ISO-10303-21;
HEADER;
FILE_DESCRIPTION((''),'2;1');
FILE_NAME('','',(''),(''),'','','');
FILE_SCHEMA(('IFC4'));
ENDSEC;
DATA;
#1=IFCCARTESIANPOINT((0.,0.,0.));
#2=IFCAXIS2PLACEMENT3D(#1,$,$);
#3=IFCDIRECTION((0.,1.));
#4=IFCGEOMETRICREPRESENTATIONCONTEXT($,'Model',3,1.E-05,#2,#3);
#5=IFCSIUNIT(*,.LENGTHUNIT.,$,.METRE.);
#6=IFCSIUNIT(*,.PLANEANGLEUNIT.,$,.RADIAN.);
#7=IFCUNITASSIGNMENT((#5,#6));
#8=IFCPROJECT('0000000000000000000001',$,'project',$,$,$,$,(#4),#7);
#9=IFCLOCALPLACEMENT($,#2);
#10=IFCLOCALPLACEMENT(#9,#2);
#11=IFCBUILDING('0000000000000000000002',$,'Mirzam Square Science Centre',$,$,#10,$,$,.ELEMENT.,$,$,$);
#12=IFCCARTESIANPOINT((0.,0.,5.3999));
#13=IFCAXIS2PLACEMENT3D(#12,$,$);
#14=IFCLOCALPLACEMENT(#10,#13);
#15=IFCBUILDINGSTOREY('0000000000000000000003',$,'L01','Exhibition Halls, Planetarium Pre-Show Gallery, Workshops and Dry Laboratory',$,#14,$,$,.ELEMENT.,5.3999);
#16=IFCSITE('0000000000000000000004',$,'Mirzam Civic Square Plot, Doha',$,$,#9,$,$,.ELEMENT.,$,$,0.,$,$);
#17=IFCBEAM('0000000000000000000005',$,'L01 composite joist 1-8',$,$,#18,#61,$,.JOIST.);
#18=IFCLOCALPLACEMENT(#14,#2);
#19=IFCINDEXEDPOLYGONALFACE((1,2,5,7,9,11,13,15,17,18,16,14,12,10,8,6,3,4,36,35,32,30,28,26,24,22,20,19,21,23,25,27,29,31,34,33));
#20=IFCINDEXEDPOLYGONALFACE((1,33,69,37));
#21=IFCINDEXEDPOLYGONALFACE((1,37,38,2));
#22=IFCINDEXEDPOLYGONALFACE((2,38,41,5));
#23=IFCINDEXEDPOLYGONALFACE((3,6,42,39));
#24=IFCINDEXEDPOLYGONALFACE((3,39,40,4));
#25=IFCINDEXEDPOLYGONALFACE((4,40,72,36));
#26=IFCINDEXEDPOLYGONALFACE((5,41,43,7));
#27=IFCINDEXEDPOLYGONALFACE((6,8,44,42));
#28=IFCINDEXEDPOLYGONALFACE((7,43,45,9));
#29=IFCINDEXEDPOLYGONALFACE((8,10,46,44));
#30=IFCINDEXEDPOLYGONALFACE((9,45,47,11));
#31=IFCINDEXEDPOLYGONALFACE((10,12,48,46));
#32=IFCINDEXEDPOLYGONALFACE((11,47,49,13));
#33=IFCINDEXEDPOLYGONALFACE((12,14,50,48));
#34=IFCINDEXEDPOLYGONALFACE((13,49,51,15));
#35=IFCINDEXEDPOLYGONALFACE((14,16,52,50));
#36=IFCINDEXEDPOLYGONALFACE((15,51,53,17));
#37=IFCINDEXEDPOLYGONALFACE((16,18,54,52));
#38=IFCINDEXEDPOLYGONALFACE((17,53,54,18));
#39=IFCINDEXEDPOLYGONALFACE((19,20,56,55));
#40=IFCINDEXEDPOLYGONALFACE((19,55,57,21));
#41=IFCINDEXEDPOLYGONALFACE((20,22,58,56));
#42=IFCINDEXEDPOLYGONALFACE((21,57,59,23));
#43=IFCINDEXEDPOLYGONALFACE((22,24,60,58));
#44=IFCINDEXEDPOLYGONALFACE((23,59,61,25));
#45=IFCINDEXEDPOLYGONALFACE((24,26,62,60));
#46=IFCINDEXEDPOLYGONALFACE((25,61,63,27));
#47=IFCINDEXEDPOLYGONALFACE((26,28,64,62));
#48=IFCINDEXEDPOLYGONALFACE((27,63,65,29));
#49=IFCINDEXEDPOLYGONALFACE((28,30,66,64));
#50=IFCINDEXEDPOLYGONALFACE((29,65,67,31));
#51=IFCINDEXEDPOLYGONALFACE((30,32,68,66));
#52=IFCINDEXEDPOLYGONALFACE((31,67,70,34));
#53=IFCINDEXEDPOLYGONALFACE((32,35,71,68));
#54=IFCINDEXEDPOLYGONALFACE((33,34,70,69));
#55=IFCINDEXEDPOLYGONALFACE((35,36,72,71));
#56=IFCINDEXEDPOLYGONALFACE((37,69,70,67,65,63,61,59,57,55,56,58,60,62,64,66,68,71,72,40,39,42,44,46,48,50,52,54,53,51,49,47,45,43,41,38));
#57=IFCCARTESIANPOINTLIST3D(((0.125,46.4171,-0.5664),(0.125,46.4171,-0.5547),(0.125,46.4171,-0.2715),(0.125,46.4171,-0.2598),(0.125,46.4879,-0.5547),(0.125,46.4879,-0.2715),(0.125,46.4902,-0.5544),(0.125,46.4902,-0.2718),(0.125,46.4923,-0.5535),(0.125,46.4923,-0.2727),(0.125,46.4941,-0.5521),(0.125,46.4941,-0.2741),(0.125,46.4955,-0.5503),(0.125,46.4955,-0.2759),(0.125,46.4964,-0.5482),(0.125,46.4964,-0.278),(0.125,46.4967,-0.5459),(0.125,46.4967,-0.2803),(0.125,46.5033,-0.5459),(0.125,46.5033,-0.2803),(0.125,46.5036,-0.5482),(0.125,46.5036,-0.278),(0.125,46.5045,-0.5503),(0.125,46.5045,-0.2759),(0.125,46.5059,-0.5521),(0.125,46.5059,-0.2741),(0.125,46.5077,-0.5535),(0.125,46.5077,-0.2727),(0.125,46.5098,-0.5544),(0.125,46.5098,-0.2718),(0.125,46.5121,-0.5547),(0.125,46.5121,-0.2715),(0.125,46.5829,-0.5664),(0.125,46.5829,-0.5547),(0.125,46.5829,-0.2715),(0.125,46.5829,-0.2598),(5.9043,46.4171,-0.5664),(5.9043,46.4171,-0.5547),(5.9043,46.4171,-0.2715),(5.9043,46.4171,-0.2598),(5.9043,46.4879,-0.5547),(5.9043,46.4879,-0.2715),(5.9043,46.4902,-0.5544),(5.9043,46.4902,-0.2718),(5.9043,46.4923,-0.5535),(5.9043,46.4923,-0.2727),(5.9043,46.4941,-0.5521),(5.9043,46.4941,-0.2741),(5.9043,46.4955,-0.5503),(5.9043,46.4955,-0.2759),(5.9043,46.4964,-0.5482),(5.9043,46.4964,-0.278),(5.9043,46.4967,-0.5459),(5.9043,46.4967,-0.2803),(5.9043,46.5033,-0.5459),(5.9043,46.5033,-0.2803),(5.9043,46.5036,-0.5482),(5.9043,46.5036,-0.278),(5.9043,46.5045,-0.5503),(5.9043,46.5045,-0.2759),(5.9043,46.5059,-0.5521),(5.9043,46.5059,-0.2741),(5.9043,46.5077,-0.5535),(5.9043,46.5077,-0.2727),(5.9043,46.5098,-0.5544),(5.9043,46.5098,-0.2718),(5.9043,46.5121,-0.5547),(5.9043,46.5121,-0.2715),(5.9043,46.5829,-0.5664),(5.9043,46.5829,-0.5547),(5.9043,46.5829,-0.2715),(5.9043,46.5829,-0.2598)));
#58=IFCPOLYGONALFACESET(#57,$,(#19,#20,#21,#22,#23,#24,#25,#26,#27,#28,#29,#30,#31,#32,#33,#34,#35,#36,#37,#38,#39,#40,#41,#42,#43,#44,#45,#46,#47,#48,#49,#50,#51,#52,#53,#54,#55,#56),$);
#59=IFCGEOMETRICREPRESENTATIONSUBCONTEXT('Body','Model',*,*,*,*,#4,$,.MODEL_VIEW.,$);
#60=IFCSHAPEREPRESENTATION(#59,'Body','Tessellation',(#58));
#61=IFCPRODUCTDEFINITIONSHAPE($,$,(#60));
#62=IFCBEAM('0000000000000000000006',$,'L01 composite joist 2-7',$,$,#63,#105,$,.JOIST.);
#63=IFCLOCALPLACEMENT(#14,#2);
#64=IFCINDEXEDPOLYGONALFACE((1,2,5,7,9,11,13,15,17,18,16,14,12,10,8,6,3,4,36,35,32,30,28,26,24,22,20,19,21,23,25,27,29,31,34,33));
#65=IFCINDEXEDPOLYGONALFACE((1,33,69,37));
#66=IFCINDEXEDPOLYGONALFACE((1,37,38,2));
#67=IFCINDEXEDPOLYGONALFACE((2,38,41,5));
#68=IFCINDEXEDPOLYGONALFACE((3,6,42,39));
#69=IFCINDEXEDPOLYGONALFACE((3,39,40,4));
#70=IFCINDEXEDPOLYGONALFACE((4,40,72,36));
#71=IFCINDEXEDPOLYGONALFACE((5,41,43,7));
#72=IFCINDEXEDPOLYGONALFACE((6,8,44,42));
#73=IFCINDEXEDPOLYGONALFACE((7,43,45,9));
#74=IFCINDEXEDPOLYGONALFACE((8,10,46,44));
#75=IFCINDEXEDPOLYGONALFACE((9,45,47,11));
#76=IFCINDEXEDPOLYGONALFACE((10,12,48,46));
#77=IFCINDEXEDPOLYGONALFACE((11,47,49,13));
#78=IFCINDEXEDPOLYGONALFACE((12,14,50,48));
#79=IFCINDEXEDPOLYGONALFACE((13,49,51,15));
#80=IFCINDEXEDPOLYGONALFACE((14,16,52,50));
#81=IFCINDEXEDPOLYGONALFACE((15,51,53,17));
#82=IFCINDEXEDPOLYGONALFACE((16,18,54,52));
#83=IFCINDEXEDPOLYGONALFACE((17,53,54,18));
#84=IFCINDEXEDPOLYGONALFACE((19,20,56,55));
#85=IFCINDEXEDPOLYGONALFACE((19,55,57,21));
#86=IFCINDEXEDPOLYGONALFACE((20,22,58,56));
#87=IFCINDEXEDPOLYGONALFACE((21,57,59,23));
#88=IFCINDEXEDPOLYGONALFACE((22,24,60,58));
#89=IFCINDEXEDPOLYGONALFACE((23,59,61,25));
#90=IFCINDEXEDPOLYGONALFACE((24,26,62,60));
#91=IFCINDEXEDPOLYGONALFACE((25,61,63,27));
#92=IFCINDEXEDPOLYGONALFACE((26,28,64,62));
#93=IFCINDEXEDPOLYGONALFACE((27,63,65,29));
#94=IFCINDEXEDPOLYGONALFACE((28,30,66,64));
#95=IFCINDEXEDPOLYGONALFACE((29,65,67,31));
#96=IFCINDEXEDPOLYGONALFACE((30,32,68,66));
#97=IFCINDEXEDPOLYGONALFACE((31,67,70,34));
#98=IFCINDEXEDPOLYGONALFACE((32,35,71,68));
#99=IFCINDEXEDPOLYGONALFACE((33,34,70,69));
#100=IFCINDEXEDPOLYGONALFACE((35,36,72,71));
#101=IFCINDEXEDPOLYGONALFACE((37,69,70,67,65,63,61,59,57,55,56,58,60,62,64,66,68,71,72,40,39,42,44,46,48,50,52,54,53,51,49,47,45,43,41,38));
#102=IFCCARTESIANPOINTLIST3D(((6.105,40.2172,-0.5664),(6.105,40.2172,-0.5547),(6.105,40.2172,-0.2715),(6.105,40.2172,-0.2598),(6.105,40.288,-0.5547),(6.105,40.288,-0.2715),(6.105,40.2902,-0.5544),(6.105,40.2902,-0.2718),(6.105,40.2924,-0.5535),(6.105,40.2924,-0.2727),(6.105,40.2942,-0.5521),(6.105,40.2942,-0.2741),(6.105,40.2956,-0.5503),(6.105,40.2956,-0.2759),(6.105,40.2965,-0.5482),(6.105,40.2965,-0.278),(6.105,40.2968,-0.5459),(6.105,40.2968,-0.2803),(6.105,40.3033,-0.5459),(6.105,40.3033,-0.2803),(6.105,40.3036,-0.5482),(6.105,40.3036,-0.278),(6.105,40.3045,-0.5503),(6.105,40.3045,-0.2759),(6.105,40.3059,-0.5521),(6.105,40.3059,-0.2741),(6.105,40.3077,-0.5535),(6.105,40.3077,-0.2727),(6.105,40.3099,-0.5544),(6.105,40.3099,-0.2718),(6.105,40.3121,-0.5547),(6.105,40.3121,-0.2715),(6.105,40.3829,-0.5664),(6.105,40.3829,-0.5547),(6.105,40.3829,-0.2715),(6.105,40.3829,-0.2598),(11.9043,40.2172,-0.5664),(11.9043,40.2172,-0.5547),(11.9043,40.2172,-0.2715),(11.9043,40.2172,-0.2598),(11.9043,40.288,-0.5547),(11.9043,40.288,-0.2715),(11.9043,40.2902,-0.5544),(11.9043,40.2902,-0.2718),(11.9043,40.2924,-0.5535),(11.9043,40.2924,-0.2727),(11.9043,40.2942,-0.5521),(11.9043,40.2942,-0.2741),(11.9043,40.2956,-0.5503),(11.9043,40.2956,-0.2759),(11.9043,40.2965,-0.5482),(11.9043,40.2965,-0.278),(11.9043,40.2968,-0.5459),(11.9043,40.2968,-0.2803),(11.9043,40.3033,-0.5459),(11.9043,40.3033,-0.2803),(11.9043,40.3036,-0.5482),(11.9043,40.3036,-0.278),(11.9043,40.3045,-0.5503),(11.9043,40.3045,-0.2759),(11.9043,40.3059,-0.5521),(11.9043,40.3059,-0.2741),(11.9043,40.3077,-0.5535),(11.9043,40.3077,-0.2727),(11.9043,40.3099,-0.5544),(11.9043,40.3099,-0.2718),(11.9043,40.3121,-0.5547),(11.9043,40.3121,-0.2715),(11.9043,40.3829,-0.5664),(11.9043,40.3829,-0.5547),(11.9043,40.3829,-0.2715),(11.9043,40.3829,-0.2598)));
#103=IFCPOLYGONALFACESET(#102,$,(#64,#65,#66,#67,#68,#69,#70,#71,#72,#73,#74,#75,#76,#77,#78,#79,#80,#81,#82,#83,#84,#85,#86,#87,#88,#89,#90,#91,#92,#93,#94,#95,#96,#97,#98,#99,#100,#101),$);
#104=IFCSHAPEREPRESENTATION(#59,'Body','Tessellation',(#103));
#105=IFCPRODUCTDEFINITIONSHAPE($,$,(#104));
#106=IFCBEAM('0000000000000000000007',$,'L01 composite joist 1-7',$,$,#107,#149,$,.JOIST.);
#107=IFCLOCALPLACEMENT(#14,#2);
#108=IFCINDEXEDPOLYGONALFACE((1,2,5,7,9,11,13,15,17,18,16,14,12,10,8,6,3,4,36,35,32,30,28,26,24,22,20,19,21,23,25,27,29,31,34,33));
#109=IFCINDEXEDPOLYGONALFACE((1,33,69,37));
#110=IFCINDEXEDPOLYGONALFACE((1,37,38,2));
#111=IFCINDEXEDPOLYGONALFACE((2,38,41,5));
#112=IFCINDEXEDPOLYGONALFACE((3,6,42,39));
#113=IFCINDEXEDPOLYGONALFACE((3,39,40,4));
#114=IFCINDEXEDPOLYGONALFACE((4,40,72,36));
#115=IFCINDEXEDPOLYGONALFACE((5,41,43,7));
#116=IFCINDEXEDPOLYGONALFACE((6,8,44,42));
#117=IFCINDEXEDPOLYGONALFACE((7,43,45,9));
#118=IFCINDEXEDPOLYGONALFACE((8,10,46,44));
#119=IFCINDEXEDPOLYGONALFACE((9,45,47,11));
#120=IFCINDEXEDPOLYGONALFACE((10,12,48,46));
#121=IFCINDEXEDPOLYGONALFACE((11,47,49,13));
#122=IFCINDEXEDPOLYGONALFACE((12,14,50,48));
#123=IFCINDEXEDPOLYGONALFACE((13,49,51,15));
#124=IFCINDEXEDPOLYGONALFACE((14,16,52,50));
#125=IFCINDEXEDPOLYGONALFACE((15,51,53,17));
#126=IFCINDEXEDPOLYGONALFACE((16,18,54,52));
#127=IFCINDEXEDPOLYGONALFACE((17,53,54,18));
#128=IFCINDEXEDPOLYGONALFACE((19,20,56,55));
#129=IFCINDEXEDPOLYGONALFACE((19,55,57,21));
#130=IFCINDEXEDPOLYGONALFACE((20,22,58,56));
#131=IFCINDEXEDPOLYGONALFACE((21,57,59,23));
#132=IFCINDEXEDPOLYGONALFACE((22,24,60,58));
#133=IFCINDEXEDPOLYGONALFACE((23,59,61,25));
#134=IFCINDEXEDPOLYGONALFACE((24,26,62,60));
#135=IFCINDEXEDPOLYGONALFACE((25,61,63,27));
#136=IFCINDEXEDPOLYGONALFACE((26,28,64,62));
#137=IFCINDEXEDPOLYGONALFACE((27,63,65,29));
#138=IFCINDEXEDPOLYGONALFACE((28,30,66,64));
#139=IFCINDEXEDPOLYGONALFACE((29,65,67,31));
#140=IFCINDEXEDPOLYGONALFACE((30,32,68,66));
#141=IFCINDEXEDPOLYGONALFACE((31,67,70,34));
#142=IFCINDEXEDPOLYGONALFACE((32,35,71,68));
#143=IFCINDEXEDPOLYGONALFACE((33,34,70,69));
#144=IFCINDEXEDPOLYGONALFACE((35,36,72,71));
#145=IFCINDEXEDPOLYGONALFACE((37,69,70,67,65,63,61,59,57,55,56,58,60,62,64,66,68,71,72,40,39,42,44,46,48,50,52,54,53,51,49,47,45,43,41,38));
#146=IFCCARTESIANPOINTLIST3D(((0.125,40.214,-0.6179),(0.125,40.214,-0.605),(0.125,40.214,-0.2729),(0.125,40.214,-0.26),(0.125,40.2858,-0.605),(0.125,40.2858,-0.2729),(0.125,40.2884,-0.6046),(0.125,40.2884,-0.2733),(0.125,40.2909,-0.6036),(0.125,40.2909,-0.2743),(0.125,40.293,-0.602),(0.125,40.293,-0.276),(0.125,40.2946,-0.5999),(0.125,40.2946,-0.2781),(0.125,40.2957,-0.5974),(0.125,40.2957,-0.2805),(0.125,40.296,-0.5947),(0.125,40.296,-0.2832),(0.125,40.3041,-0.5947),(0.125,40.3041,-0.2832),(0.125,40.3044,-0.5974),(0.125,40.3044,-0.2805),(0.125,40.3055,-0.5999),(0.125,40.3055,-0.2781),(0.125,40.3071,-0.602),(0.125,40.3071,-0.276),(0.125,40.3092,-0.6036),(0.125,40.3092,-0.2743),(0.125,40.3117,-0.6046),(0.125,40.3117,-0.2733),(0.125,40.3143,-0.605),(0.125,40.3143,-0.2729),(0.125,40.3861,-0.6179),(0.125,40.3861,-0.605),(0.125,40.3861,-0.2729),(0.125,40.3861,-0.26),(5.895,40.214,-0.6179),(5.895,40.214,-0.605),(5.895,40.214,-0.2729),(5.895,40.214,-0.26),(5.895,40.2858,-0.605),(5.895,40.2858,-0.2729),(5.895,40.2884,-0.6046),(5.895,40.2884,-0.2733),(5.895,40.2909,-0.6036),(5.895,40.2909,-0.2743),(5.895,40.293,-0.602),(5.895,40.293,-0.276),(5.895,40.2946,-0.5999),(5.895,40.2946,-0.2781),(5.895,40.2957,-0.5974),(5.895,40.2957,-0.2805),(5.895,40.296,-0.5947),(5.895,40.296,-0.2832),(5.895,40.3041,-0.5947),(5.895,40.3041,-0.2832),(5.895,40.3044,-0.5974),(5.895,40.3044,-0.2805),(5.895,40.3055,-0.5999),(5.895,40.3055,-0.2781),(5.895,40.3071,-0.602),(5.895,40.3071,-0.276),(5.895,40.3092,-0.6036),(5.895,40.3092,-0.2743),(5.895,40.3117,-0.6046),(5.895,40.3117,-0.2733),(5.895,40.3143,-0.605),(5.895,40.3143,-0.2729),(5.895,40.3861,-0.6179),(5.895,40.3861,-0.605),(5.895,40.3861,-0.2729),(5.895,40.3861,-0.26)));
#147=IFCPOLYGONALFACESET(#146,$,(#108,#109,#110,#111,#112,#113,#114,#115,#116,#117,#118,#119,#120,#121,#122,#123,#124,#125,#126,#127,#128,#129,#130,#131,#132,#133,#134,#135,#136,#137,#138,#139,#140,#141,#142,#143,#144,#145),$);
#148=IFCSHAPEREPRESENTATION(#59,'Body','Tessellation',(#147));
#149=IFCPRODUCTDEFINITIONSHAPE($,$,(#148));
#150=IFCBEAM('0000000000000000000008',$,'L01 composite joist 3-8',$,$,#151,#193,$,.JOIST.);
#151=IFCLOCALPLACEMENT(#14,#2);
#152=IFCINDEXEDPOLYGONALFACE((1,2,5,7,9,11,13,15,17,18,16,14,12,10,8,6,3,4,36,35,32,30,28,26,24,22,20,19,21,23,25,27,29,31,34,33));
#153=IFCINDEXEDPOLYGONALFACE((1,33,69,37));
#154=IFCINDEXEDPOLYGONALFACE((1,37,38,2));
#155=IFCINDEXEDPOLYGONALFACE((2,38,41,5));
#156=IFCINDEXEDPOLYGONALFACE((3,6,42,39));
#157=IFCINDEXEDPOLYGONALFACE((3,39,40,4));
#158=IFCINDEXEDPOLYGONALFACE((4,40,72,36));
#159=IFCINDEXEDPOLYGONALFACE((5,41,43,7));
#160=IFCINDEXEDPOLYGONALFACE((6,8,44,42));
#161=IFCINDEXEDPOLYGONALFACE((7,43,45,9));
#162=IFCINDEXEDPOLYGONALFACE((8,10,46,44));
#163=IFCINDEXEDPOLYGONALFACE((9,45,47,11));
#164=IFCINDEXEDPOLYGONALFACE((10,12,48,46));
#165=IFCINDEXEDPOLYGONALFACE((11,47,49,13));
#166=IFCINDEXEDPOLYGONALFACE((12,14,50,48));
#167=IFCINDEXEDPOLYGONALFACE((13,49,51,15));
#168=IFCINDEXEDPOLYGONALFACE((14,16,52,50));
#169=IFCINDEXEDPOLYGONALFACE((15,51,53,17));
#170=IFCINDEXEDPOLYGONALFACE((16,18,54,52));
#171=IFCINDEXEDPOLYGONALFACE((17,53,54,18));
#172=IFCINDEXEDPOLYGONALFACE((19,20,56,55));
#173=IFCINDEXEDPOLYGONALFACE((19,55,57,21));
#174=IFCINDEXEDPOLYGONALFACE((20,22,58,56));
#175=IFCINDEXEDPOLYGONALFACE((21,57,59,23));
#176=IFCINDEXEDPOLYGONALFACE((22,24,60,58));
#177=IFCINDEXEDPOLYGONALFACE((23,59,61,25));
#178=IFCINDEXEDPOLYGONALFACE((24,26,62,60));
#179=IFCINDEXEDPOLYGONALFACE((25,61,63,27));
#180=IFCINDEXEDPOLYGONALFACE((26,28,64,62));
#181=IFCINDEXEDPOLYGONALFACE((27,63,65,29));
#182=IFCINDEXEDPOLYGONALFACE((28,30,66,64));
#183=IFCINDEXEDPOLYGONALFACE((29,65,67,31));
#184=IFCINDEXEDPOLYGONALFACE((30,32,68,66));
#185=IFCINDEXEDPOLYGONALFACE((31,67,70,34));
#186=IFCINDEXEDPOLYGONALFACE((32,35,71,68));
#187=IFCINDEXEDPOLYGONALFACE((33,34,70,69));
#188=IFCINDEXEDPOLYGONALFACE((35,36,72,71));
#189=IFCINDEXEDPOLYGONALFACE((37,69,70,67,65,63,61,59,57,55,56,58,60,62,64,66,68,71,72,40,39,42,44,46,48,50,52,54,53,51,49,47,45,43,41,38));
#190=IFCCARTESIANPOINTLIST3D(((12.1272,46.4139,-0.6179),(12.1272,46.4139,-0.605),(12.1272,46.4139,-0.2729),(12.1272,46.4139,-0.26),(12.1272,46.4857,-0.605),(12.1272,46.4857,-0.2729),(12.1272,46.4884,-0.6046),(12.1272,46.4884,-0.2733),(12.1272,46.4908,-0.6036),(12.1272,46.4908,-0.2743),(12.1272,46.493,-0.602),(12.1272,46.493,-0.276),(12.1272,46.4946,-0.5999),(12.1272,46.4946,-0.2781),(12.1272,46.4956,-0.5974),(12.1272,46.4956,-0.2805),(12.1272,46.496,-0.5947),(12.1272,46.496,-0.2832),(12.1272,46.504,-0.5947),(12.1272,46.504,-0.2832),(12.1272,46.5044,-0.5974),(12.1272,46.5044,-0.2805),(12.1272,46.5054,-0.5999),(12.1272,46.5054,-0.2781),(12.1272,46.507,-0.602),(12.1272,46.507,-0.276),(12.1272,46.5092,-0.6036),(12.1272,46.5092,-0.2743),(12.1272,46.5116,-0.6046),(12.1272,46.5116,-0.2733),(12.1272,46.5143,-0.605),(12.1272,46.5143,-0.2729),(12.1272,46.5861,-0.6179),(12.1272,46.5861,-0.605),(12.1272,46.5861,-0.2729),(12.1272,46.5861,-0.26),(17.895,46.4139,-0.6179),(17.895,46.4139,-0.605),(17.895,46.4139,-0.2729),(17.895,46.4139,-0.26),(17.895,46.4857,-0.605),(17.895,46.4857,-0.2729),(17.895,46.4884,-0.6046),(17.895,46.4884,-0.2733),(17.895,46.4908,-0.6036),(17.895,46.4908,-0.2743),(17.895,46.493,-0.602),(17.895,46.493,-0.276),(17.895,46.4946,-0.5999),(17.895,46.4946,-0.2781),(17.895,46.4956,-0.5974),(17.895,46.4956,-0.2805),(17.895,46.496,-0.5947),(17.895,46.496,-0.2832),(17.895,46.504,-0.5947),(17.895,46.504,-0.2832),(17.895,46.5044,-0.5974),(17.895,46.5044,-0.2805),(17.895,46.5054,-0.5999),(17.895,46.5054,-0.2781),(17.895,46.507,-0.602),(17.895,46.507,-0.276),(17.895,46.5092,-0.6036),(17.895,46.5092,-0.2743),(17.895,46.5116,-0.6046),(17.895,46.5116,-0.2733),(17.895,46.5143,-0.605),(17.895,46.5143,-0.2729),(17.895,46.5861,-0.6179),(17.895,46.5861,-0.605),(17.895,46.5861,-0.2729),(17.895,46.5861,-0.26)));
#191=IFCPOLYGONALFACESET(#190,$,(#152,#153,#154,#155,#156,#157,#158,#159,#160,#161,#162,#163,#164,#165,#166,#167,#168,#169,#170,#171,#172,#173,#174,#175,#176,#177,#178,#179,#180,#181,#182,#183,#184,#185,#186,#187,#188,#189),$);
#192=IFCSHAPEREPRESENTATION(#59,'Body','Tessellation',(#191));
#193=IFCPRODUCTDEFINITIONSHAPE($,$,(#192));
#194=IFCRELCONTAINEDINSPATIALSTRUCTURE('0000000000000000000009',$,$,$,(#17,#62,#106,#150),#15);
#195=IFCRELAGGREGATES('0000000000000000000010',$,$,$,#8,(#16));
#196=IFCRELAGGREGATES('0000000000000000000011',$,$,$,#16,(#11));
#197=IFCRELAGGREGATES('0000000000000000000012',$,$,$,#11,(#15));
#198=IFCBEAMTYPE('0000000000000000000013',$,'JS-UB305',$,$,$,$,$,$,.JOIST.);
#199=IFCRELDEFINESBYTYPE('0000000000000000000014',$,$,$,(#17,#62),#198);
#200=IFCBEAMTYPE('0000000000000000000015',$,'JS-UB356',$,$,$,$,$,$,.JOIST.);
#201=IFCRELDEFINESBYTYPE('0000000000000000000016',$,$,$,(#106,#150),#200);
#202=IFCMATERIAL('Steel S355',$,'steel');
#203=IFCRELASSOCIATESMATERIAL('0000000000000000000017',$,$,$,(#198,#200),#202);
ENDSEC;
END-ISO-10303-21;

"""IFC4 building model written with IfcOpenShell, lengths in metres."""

from ifc_helpers import new_model, si_unit, direction, frame, origin, origin_2d, place, context, subcontext, project, spatial, i_section, extrude, material, material_profile, profile_set, type_object, element, save


model = new_model("IFC4")

# Units and contexts
model_context = context("Model", 3, precision=1e-05, world=origin(), true_north=direction((0.0, 1.0)))
body_context = subcontext(model_context, "Body", "Model", "MODEL_VIEW")
ifc_project = project(units=[si_unit("LENGTHUNIT", "METRE"), si_unit("PLANEANGLEUNIT", "RADIAN")], contexts=[model_context])

# Site, building, storey
site_placement = place(None, origin())
site = spatial("IfcSite", under=ifc_project, at=site_placement, Name="Mirzam Civic Square Plot, Doha", CompositionType="ELEMENT", RefElevation=0.0)
building_placement = place(site_placement, origin())
building = spatial("IfcBuilding", under=site, at=building_placement, Name="Mirzam Square Science Centre", CompositionType="ELEMENT")
storey_placement = place(building_placement, frame((0.0, 0.0, 5.3999)))
storey = spatial("IfcBuildingStorey", under=building, at=storey_placement, Name="L01", Description="Exhibition Halls, Planetarium Pre-Show Gallery, Workshops and Dry Laboratory", CompositionType="ELEMENT", Elevation=5.3999)

# Shared definitions
ifc_material_1 = material(Name="Steel S355", Category="steel")

# Beams
ifc_material_profile_1 = material_profile(ifc_material_1, i_section(OverallWidth=0.1658, OverallDepth=0.3066, WebThickness=0.0066, FlangeThickness=0.0117, FilletRadius=0.0088, at=origin_2d()), Name="305x165x46UB")
ifc_profile_set_1 = profile_set([ifc_material_profile_1], Name="Steel S355")
beam_type_1 = type_object("IfcBeamType", Name="JS-UB305", PredefinedType="JOIST", material=ifc_profile_set_1)
beam_1_placement = place(storey_placement, frame((0.125, 46.5, -0.4131), z_axis=(1.0, 0.0, 0.0), x_axis=(0.0, 1.0, 0.0)))
element("IfcBeam", 1, at=beam_1_placement, inside=storey, type_object=beam_type_1, Name="L01 composite joist 1-8", PredefinedType="JOIST", context=body_context, shape_type="SweptSolid", body=[
    extrude(i_section(OverallWidth=0.1658, OverallDepth=0.3066, WebThickness=0.0066, FlangeThickness=0.0117, FilletRadius=0.0088, at=origin_2d()), origin(), (0.0, 0.0, 1.0), 5.7793),
])
beam_2_placement = place(storey_placement, frame((6.105, 40.3, -0.4131), z_axis=(1.0, 0.0, 0.0), x_axis=(0.0, 1.0, 0.0)))
element("IfcBeam", 2, at=beam_2_placement, inside=storey, type_object=beam_type_1, Name="L01 composite joist 2-7", PredefinedType="JOIST", context=body_context, shape_type="SweptSolid", body=[
    extrude(i_section(OverallWidth=0.1658, OverallDepth=0.3066, WebThickness=0.0066, FlangeThickness=0.0117, FilletRadius=0.0088, at=origin_2d()), origin(), (0.0, 0.0, 1.0), 5.7993),
])
ifc_material_profile_2 = material_profile(ifc_material_1, i_section(OverallWidth=0.1721, OverallDepth=0.3579, WebThickness=0.0081, FlangeThickness=0.0129, FilletRadius=0.0103, at=origin_2d()), Name="356x171x57UB")
ifc_profile_set_2 = profile_set([ifc_material_profile_2], Name="Steel S355")
beam_type_2 = type_object("IfcBeamType", Name="JS-UB356", PredefinedType="JOIST", material=ifc_profile_set_2)
beam_3_placement = place(storey_placement, frame((0.125, 40.3, -0.439), z_axis=(1.0, 0.0, 0.0), x_axis=(0.0, 1.0, 0.0)))
element("IfcBeam", 3, at=beam_3_placement, inside=storey, type_object=beam_type_2, Name="L01 composite joist 1-7", PredefinedType="JOIST", context=body_context, shape_type="SweptSolid", body=[
    extrude(i_section(OverallWidth=0.1721, OverallDepth=0.3579, WebThickness=0.0081, FlangeThickness=0.0129, FilletRadius=0.0103, at=origin_2d()), origin(), (0.0, 0.0, 1.0), 5.77),
])
beam_4_placement = place(storey_placement, frame((12.1272, 46.5, -0.439), z_axis=(1.0, 0.0, 0.0), x_axis=(0.0, 1.0, 0.0)))
element("IfcBeam", 4, at=beam_4_placement, inside=storey, type_object=beam_type_2, Name="L01 composite joist 3-8", PredefinedType="JOIST", context=body_context, shape_type="SweptSolid", body=[
    extrude(i_section(OverallWidth=0.1721, OverallDepth=0.3579, WebThickness=0.0081, FlangeThickness=0.0129, FilletRadius=0.0103, at=origin_2d()), origin(), (0.0, 0.0, 1.0), 5.7678),
])

save(model, "model.ifc")
